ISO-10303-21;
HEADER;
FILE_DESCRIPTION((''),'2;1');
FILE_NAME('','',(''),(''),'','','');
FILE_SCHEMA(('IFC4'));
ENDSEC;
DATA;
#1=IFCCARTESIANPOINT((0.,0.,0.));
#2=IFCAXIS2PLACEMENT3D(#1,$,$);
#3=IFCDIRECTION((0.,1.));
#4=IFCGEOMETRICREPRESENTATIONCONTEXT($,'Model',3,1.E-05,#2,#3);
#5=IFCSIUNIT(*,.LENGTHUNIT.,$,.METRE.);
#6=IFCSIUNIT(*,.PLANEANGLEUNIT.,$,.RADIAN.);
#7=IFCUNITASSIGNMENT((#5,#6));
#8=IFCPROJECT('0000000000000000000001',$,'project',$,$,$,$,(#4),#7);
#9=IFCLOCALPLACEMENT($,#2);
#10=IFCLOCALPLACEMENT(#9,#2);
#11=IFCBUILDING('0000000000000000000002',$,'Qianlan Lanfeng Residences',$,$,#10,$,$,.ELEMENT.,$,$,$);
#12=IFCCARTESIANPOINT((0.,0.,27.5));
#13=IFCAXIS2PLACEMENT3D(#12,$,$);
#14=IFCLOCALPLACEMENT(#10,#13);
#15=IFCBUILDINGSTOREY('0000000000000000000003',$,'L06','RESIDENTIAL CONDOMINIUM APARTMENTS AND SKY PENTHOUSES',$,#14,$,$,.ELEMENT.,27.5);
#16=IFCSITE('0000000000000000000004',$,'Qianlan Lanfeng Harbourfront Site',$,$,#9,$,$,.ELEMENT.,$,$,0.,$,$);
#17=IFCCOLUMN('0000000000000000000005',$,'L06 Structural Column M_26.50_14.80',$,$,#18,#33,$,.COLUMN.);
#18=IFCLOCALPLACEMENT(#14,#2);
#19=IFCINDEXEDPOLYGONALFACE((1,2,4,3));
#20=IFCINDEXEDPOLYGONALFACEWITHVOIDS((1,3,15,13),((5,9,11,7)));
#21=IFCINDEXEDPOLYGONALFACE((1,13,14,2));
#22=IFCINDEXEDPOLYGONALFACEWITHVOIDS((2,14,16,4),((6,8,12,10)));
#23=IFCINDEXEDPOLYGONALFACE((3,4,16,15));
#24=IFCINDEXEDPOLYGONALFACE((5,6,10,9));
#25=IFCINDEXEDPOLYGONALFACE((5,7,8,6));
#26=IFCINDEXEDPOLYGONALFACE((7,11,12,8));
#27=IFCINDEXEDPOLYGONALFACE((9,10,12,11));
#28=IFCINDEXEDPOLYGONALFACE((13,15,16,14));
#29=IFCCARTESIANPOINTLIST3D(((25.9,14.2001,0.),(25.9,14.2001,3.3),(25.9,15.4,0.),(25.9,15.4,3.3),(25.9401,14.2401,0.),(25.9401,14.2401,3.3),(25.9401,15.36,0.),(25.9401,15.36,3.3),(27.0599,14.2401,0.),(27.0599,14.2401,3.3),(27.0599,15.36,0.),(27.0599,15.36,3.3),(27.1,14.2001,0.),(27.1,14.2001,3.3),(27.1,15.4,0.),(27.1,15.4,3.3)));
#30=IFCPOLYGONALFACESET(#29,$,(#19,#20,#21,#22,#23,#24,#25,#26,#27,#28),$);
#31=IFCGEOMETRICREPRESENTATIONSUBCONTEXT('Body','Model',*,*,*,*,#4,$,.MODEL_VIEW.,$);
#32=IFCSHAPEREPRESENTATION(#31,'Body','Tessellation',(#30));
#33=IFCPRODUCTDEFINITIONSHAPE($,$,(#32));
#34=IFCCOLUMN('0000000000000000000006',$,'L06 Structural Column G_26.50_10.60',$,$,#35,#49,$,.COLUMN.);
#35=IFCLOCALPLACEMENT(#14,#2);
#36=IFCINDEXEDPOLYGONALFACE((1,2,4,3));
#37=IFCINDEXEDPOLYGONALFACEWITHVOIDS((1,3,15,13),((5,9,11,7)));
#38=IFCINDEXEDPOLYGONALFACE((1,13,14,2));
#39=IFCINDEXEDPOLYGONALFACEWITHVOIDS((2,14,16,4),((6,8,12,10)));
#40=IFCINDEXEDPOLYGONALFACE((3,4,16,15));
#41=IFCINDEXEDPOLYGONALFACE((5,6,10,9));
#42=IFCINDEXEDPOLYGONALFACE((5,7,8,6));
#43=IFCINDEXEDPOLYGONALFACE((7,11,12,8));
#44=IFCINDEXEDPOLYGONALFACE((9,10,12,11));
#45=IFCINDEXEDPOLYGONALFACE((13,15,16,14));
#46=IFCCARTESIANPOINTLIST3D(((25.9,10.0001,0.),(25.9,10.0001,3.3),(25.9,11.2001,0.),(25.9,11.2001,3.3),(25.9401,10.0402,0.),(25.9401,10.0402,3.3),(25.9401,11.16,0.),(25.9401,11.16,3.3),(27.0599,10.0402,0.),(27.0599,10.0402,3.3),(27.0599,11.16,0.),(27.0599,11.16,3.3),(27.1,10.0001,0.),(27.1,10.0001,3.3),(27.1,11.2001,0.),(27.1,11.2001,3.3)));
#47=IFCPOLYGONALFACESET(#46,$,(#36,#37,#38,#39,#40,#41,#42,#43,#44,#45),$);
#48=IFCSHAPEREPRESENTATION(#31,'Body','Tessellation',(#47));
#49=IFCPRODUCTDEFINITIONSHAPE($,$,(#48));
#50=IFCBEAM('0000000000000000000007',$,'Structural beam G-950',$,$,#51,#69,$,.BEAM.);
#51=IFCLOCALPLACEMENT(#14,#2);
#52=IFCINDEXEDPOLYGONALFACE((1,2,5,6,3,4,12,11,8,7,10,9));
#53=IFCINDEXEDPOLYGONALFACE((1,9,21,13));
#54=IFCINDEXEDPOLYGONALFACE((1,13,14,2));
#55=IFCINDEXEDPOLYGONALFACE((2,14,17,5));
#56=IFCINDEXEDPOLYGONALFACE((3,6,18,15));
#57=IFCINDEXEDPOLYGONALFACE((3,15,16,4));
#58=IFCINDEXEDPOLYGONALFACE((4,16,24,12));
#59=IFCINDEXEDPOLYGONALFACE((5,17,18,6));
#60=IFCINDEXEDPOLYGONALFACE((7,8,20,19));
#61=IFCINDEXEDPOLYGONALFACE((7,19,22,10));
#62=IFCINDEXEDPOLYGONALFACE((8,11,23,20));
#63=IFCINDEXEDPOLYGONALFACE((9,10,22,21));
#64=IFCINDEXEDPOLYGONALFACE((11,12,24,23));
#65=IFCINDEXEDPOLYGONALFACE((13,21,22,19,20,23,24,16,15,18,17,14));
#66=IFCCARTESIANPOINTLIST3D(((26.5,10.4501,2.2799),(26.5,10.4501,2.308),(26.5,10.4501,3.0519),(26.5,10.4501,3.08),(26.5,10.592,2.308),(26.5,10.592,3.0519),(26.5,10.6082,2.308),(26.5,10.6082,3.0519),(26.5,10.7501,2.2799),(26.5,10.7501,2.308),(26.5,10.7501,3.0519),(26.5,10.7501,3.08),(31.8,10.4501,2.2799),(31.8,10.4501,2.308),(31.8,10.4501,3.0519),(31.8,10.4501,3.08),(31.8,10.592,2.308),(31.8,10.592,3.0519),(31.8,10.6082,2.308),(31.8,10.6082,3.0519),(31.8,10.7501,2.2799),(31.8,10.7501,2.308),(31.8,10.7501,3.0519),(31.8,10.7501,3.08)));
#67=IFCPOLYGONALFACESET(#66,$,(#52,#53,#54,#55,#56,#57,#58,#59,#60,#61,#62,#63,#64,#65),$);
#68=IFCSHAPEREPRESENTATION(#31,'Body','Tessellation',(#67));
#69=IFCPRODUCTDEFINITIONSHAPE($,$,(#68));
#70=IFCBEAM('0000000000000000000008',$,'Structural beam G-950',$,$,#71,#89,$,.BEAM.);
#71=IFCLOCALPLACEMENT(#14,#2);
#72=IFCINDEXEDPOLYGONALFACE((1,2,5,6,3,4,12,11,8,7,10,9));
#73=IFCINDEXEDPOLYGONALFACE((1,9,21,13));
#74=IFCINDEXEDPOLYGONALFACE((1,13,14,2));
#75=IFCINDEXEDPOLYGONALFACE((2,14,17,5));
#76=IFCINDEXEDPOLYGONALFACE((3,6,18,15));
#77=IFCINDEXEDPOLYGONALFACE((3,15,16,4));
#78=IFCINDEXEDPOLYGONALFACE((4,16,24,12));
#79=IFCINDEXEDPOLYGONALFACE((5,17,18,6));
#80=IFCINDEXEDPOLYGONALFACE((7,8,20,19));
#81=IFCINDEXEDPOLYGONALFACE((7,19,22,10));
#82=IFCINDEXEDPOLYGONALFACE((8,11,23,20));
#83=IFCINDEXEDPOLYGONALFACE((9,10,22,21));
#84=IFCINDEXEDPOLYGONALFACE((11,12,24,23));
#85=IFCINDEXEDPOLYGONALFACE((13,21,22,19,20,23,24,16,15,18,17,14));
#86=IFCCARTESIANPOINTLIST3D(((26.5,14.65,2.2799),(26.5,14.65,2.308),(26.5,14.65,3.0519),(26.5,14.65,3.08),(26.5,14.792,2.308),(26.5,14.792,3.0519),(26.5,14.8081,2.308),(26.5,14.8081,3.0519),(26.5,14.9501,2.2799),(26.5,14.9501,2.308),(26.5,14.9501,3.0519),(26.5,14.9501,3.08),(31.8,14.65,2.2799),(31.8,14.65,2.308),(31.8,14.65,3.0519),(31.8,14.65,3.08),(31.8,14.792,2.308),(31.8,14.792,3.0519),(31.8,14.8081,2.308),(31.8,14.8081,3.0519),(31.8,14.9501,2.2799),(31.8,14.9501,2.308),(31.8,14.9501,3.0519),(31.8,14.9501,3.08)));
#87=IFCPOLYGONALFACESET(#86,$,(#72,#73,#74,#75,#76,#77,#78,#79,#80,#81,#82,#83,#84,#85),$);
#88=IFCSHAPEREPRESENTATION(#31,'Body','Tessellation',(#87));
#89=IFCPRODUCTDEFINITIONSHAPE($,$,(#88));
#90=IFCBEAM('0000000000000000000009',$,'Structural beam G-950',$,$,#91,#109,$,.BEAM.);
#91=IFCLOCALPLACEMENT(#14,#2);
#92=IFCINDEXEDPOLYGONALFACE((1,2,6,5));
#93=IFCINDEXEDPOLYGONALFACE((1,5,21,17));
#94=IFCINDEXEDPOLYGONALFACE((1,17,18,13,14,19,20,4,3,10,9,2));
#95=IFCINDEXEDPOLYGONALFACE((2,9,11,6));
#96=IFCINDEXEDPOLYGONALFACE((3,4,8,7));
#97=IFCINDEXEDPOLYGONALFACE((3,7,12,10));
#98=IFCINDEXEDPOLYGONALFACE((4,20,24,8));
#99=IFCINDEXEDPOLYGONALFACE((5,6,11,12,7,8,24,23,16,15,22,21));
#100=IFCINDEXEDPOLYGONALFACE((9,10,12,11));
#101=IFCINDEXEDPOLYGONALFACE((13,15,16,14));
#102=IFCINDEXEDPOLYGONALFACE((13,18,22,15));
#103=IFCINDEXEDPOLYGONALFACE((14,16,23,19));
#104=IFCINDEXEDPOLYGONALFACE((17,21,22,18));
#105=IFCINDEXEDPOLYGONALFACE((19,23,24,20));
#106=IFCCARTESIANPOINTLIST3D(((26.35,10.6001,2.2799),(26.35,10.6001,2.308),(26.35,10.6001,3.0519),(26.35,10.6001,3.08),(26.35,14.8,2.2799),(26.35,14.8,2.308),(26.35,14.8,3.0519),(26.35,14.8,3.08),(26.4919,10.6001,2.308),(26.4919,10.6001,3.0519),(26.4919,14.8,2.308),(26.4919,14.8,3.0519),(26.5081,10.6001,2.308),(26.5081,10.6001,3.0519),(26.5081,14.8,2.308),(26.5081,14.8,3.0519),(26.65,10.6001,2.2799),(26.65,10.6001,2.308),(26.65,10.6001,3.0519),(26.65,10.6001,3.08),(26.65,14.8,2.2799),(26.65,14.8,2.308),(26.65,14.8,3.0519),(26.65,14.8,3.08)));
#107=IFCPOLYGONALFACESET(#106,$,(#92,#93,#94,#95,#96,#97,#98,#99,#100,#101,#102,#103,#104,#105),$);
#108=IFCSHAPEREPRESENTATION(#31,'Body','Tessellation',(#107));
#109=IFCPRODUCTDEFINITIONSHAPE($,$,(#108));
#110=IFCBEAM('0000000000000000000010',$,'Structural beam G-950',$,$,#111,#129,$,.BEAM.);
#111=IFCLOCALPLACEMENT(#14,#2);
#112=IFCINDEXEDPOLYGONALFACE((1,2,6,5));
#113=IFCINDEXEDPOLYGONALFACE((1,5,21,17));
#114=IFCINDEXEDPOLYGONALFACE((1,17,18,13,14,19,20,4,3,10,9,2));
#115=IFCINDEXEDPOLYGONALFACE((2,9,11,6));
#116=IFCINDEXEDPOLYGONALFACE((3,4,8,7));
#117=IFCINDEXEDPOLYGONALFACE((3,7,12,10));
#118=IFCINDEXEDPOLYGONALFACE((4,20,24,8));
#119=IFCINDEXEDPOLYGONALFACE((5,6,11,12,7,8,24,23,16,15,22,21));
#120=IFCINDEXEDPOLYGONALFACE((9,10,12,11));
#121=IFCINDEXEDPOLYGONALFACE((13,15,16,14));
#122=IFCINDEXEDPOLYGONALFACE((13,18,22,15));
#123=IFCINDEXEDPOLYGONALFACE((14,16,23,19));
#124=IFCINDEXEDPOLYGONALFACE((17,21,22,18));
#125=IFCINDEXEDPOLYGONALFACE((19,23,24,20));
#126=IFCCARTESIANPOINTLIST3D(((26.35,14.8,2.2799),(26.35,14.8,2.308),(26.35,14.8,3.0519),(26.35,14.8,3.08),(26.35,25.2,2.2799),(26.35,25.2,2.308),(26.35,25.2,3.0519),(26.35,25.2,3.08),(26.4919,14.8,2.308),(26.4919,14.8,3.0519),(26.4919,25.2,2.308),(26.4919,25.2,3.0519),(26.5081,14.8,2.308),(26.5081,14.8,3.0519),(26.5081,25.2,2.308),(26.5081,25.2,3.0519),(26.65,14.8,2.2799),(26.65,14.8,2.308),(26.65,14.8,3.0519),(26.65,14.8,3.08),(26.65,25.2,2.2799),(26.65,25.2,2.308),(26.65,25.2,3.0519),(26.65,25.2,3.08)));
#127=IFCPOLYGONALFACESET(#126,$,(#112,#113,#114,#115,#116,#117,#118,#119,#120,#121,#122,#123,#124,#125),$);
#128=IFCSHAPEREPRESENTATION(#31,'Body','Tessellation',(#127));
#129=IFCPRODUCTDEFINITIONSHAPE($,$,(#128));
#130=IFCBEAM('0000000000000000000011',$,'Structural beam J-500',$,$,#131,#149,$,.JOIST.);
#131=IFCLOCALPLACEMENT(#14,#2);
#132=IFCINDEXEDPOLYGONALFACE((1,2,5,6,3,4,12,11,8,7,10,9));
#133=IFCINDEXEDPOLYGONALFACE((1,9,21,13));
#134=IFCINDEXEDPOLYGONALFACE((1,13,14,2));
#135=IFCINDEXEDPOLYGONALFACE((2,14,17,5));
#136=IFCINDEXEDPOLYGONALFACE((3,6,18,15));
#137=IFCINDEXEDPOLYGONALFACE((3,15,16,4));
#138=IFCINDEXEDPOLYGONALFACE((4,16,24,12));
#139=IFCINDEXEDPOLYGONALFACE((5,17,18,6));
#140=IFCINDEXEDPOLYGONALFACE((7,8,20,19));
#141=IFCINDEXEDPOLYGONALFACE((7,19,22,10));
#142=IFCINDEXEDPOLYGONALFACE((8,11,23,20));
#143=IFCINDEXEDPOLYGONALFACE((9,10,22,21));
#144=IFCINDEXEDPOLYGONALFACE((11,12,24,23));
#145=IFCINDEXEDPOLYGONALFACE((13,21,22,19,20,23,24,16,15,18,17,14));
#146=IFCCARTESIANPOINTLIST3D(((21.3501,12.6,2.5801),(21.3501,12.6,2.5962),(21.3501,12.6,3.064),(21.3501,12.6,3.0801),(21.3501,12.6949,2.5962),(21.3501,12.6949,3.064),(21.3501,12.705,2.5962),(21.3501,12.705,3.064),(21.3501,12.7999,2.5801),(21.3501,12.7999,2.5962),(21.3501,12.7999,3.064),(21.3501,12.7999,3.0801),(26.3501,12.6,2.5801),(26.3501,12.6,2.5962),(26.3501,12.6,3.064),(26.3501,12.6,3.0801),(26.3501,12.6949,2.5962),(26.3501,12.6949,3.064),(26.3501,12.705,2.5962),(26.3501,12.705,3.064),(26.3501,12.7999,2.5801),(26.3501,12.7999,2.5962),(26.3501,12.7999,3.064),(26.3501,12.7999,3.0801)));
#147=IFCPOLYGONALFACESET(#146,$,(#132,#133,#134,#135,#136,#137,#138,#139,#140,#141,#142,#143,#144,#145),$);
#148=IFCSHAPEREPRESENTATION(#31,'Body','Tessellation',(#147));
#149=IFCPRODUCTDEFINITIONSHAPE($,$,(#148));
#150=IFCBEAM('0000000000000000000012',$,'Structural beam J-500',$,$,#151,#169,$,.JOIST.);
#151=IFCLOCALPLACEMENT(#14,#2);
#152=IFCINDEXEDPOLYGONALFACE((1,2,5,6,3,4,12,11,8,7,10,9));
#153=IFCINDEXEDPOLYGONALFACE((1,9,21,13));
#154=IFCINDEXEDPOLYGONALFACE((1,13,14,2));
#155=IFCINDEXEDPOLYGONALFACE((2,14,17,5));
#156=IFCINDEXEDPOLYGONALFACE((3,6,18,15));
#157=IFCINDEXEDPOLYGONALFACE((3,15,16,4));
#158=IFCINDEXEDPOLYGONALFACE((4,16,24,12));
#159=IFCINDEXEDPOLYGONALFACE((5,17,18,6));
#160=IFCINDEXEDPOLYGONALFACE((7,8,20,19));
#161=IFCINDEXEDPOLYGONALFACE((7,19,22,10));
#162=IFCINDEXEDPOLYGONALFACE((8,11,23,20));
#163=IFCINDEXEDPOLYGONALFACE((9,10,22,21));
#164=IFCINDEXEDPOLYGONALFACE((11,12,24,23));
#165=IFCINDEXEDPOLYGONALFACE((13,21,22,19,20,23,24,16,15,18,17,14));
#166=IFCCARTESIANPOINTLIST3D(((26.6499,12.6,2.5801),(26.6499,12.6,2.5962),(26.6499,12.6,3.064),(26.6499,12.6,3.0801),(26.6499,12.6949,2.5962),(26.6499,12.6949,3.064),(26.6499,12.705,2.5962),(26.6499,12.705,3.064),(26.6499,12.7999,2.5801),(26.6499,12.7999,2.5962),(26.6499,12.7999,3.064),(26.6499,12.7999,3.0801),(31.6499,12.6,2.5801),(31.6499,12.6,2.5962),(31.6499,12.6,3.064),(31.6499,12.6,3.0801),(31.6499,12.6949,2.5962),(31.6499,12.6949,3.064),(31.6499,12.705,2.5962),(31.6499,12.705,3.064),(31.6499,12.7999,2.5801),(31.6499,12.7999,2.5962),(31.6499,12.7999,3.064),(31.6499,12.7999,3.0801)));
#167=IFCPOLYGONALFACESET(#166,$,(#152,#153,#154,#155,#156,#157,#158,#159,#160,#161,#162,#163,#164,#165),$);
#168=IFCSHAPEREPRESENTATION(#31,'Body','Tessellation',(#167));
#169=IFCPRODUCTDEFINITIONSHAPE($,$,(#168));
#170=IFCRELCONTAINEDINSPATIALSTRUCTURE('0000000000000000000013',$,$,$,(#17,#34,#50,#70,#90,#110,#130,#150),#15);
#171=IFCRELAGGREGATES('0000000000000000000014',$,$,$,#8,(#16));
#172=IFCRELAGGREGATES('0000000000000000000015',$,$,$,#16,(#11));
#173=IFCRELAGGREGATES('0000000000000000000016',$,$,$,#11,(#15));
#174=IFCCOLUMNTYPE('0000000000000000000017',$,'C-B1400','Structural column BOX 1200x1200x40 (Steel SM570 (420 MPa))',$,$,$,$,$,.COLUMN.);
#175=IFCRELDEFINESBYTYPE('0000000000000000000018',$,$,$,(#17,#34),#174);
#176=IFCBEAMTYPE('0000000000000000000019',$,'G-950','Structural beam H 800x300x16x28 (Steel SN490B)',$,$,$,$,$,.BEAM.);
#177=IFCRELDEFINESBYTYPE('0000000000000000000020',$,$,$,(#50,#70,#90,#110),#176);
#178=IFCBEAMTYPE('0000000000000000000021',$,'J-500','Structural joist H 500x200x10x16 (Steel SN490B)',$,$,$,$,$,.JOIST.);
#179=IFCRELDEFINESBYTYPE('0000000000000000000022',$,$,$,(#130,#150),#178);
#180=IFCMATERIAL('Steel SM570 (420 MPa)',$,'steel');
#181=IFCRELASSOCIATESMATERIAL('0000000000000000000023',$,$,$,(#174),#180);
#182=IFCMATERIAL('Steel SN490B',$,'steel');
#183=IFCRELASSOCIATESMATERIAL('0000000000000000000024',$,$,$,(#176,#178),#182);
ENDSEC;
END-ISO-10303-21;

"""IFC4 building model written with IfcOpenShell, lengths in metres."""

from ifc_helpers import new_model, si_unit, direction, frame, origin, origin_2d, place, context, subcontext, project, spatial, hollow_rectangle, i_section, extrude, material, material_profile, profile_set, type_object, element, save


model = new_model("IFC4")

# Units and contexts
model_context = context("Model", 3, precision=1e-05, world=origin(), true_north=direction((0.0, 1.0)))
body_context = subcontext(model_context, "Body", "Model", "MODEL_VIEW")
ifc_project = project(units=[si_unit("LENGTHUNIT", "METRE"), si_unit("PLANEANGLEUNIT", "RADIAN")], contexts=[model_context])

# Site, building, storey
site_placement = place(None, origin())
site = spatial("IfcSite", under=ifc_project, at=site_placement, Name="Qianlan Lanfeng Harbourfront Site", CompositionType="ELEMENT", RefElevation=0.0)
building_placement = place(site_placement, origin())
building = spatial("IfcBuilding", under=site, at=building_placement, Name="Qianlan Lanfeng Residences", CompositionType="ELEMENT")
storey_placement = place(building_placement, frame((0.0, 0.0, 27.5)))
storey = spatial("IfcBuildingStorey", under=building, at=storey_placement, Name="L06", Description="RESIDENTIAL CONDOMINIUM APARTMENTS AND SKY PENTHOUSES", CompositionType="ELEMENT", Elevation=27.5)

# Columns
ifc_material_1 = material(Name="Steel SM570 (420 MPa)", Category="steel")
ifc_material_profile_1 = material_profile(ifc_material_1, hollow_rectangle(XDim=1.2, YDim=1.2, WallThickness=0.04, at=origin_2d()), Name="BOX 1200x1200x40")
ifc_profile_set_1 = profile_set([ifc_material_profile_1], Name="Steel SM570 (420 MPa)")
column_type = type_object("IfcColumnType", Name="C-B1400", Description="Structural column BOX 1200x1200x40 (Steel SM570 (420 MPa))", PredefinedType="COLUMN", material=ifc_profile_set_1)
for number, where, z_axis, x_axis, name in (
    (1, (26.5, 14.8, 0.0), (0.0, 0.0, 1.0), (1.0, 0.0, 0.0), "L06 Structural Column M_26.50_14.80"),
    (2, (26.5, 10.6001, 0.0), (0.0, 0.0, 1.0), (1.0, 0.0, 0.0), "L06 Structural Column G_26.50_10.60"),
):
    element("IfcColumn", number, at=place(storey_placement, frame(where, z_axis=z_axis, x_axis=x_axis)), inside=storey, type_object=column_type, Name=name, PredefinedType="COLUMN", context=body_context, shape_type="SweptSolid", body=[
        extrude(hollow_rectangle(XDim=1.2, YDim=1.2, WallThickness=0.04, at=origin_2d()), origin(), (0.0, 0.0, 1.0), 3.3),
    ])

# Beams
ifc_material_2 = material(Name="Steel SN490B", Category="steel")
ifc_material_profile_2 = material_profile(ifc_material_2, i_section(OverallWidth=0.3, OverallDepth=0.8, WebThickness=0.0161, FlangeThickness=0.0281, at=origin_2d()), Name="H 800x300x16x28")
ifc_profile_set_2 = profile_set([ifc_material_profile_2], Name="Steel SN490B")
beam_type_1 = type_object("IfcBeamType", Name="G-950", Description="Structural beam H 800x300x16x28 (Steel SN490B)", PredefinedType="BEAM", material=ifc_profile_set_2)
for number, where, z_axis, x_axis, name in (
    (3, (26.5, 10.6001, 2.6799), (1.0, 0.0, 0.0), (0.0, 1.0, 0.0), "Structural beam G-950"),
    (4, (26.5, 14.8, 2.6799), (1.0, 0.0, 0.0), (0.0, 1.0, 0.0), "Structural beam G-950"),
):
    element("IfcBeam", number, at=place(storey_placement, frame(where, z_axis=z_axis, x_axis=x_axis)), inside=storey, type_object=beam_type_1, Name=name, PredefinedType="BEAM", context=body_context, shape_type="SweptSolid", body=[
        extrude(i_section(OverallWidth=0.3, OverallDepth=0.8, WebThickness=0.0161, FlangeThickness=0.0281, at=origin_2d()), origin(), (0.0, 0.0, 1.0), 5.3),
    ])
beam_1_placement = place(storey_placement, frame((26.5, 10.6001, 2.6799), z_axis=(0.0, 1.0, 0.0), x_axis=(-1.0, 0.0, 0.0)))
element("IfcBeam", 5, at=beam_1_placement, inside=storey, type_object=beam_type_1, Name="Structural beam G-950", PredefinedType="BEAM", context=body_context, shape_type="SweptSolid", body=[
    extrude(i_section(OverallWidth=0.3, OverallDepth=0.8, WebThickness=0.0161, FlangeThickness=0.0281, at=origin_2d()), origin(), (0.0, 0.0, 1.0), 4.2),
])
beam_2_placement = place(storey_placement, frame((26.5, 14.8, 2.6799), z_axis=(0.0, 1.0, 0.0), x_axis=(-1.0, 0.0, 0.0)))
element("IfcBeam", 6, at=beam_2_placement, inside=storey, type_object=beam_type_1, Name="Structural beam G-950", PredefinedType="BEAM", context=body_context, shape_type="SweptSolid", body=[
    extrude(i_section(OverallWidth=0.3, OverallDepth=0.8, WebThickness=0.0161, FlangeThickness=0.0281, at=origin_2d()), origin(), (0.0, 0.0, 1.0), 10.3999),
])
ifc_material_profile_3 = material_profile(ifc_material_2, i_section(OverallWidth=0.2, OverallDepth=0.5, WebThickness=0.01, FlangeThickness=0.0161, at=origin_2d()), Name="H 500x200x10x16")
ifc_profile_set_3 = profile_set([ifc_material_profile_3], Name="Steel SN490B")
beam_type_2 = type_object("IfcBeamType", Name="J-500", Description="Structural joist H 500x200x10x16 (Steel SN490B)", PredefinedType="JOIST", material=ifc_profile_set_3)
for number, where, z_axis, x_axis, name in (
    (7, (21.3501, 12.7, 2.8301), (1.0, 0.0, 0.0), (0.0, 1.0, 0.0), "Structural beam J-500"),
    (8, (26.6499, 12.7, 2.8301), (1.0, 0.0, 0.0), (0.0, 1.0, 0.0), "Structural beam J-500"),
):
    element("IfcBeam", number, at=place(storey_placement, frame(where, z_axis=z_axis, x_axis=x_axis)), inside=storey, type_object=beam_type_2, Name=name, PredefinedType="JOIST", context=body_context, shape_type="SweptSolid", body=[
        extrude(i_section(OverallWidth=0.2, OverallDepth=0.5, WebThickness=0.01, FlangeThickness=0.0161, at=origin_2d()), origin(), (0.0, 0.0, 1.0), 5.0),
    ])

save(model, "model.ifc")
